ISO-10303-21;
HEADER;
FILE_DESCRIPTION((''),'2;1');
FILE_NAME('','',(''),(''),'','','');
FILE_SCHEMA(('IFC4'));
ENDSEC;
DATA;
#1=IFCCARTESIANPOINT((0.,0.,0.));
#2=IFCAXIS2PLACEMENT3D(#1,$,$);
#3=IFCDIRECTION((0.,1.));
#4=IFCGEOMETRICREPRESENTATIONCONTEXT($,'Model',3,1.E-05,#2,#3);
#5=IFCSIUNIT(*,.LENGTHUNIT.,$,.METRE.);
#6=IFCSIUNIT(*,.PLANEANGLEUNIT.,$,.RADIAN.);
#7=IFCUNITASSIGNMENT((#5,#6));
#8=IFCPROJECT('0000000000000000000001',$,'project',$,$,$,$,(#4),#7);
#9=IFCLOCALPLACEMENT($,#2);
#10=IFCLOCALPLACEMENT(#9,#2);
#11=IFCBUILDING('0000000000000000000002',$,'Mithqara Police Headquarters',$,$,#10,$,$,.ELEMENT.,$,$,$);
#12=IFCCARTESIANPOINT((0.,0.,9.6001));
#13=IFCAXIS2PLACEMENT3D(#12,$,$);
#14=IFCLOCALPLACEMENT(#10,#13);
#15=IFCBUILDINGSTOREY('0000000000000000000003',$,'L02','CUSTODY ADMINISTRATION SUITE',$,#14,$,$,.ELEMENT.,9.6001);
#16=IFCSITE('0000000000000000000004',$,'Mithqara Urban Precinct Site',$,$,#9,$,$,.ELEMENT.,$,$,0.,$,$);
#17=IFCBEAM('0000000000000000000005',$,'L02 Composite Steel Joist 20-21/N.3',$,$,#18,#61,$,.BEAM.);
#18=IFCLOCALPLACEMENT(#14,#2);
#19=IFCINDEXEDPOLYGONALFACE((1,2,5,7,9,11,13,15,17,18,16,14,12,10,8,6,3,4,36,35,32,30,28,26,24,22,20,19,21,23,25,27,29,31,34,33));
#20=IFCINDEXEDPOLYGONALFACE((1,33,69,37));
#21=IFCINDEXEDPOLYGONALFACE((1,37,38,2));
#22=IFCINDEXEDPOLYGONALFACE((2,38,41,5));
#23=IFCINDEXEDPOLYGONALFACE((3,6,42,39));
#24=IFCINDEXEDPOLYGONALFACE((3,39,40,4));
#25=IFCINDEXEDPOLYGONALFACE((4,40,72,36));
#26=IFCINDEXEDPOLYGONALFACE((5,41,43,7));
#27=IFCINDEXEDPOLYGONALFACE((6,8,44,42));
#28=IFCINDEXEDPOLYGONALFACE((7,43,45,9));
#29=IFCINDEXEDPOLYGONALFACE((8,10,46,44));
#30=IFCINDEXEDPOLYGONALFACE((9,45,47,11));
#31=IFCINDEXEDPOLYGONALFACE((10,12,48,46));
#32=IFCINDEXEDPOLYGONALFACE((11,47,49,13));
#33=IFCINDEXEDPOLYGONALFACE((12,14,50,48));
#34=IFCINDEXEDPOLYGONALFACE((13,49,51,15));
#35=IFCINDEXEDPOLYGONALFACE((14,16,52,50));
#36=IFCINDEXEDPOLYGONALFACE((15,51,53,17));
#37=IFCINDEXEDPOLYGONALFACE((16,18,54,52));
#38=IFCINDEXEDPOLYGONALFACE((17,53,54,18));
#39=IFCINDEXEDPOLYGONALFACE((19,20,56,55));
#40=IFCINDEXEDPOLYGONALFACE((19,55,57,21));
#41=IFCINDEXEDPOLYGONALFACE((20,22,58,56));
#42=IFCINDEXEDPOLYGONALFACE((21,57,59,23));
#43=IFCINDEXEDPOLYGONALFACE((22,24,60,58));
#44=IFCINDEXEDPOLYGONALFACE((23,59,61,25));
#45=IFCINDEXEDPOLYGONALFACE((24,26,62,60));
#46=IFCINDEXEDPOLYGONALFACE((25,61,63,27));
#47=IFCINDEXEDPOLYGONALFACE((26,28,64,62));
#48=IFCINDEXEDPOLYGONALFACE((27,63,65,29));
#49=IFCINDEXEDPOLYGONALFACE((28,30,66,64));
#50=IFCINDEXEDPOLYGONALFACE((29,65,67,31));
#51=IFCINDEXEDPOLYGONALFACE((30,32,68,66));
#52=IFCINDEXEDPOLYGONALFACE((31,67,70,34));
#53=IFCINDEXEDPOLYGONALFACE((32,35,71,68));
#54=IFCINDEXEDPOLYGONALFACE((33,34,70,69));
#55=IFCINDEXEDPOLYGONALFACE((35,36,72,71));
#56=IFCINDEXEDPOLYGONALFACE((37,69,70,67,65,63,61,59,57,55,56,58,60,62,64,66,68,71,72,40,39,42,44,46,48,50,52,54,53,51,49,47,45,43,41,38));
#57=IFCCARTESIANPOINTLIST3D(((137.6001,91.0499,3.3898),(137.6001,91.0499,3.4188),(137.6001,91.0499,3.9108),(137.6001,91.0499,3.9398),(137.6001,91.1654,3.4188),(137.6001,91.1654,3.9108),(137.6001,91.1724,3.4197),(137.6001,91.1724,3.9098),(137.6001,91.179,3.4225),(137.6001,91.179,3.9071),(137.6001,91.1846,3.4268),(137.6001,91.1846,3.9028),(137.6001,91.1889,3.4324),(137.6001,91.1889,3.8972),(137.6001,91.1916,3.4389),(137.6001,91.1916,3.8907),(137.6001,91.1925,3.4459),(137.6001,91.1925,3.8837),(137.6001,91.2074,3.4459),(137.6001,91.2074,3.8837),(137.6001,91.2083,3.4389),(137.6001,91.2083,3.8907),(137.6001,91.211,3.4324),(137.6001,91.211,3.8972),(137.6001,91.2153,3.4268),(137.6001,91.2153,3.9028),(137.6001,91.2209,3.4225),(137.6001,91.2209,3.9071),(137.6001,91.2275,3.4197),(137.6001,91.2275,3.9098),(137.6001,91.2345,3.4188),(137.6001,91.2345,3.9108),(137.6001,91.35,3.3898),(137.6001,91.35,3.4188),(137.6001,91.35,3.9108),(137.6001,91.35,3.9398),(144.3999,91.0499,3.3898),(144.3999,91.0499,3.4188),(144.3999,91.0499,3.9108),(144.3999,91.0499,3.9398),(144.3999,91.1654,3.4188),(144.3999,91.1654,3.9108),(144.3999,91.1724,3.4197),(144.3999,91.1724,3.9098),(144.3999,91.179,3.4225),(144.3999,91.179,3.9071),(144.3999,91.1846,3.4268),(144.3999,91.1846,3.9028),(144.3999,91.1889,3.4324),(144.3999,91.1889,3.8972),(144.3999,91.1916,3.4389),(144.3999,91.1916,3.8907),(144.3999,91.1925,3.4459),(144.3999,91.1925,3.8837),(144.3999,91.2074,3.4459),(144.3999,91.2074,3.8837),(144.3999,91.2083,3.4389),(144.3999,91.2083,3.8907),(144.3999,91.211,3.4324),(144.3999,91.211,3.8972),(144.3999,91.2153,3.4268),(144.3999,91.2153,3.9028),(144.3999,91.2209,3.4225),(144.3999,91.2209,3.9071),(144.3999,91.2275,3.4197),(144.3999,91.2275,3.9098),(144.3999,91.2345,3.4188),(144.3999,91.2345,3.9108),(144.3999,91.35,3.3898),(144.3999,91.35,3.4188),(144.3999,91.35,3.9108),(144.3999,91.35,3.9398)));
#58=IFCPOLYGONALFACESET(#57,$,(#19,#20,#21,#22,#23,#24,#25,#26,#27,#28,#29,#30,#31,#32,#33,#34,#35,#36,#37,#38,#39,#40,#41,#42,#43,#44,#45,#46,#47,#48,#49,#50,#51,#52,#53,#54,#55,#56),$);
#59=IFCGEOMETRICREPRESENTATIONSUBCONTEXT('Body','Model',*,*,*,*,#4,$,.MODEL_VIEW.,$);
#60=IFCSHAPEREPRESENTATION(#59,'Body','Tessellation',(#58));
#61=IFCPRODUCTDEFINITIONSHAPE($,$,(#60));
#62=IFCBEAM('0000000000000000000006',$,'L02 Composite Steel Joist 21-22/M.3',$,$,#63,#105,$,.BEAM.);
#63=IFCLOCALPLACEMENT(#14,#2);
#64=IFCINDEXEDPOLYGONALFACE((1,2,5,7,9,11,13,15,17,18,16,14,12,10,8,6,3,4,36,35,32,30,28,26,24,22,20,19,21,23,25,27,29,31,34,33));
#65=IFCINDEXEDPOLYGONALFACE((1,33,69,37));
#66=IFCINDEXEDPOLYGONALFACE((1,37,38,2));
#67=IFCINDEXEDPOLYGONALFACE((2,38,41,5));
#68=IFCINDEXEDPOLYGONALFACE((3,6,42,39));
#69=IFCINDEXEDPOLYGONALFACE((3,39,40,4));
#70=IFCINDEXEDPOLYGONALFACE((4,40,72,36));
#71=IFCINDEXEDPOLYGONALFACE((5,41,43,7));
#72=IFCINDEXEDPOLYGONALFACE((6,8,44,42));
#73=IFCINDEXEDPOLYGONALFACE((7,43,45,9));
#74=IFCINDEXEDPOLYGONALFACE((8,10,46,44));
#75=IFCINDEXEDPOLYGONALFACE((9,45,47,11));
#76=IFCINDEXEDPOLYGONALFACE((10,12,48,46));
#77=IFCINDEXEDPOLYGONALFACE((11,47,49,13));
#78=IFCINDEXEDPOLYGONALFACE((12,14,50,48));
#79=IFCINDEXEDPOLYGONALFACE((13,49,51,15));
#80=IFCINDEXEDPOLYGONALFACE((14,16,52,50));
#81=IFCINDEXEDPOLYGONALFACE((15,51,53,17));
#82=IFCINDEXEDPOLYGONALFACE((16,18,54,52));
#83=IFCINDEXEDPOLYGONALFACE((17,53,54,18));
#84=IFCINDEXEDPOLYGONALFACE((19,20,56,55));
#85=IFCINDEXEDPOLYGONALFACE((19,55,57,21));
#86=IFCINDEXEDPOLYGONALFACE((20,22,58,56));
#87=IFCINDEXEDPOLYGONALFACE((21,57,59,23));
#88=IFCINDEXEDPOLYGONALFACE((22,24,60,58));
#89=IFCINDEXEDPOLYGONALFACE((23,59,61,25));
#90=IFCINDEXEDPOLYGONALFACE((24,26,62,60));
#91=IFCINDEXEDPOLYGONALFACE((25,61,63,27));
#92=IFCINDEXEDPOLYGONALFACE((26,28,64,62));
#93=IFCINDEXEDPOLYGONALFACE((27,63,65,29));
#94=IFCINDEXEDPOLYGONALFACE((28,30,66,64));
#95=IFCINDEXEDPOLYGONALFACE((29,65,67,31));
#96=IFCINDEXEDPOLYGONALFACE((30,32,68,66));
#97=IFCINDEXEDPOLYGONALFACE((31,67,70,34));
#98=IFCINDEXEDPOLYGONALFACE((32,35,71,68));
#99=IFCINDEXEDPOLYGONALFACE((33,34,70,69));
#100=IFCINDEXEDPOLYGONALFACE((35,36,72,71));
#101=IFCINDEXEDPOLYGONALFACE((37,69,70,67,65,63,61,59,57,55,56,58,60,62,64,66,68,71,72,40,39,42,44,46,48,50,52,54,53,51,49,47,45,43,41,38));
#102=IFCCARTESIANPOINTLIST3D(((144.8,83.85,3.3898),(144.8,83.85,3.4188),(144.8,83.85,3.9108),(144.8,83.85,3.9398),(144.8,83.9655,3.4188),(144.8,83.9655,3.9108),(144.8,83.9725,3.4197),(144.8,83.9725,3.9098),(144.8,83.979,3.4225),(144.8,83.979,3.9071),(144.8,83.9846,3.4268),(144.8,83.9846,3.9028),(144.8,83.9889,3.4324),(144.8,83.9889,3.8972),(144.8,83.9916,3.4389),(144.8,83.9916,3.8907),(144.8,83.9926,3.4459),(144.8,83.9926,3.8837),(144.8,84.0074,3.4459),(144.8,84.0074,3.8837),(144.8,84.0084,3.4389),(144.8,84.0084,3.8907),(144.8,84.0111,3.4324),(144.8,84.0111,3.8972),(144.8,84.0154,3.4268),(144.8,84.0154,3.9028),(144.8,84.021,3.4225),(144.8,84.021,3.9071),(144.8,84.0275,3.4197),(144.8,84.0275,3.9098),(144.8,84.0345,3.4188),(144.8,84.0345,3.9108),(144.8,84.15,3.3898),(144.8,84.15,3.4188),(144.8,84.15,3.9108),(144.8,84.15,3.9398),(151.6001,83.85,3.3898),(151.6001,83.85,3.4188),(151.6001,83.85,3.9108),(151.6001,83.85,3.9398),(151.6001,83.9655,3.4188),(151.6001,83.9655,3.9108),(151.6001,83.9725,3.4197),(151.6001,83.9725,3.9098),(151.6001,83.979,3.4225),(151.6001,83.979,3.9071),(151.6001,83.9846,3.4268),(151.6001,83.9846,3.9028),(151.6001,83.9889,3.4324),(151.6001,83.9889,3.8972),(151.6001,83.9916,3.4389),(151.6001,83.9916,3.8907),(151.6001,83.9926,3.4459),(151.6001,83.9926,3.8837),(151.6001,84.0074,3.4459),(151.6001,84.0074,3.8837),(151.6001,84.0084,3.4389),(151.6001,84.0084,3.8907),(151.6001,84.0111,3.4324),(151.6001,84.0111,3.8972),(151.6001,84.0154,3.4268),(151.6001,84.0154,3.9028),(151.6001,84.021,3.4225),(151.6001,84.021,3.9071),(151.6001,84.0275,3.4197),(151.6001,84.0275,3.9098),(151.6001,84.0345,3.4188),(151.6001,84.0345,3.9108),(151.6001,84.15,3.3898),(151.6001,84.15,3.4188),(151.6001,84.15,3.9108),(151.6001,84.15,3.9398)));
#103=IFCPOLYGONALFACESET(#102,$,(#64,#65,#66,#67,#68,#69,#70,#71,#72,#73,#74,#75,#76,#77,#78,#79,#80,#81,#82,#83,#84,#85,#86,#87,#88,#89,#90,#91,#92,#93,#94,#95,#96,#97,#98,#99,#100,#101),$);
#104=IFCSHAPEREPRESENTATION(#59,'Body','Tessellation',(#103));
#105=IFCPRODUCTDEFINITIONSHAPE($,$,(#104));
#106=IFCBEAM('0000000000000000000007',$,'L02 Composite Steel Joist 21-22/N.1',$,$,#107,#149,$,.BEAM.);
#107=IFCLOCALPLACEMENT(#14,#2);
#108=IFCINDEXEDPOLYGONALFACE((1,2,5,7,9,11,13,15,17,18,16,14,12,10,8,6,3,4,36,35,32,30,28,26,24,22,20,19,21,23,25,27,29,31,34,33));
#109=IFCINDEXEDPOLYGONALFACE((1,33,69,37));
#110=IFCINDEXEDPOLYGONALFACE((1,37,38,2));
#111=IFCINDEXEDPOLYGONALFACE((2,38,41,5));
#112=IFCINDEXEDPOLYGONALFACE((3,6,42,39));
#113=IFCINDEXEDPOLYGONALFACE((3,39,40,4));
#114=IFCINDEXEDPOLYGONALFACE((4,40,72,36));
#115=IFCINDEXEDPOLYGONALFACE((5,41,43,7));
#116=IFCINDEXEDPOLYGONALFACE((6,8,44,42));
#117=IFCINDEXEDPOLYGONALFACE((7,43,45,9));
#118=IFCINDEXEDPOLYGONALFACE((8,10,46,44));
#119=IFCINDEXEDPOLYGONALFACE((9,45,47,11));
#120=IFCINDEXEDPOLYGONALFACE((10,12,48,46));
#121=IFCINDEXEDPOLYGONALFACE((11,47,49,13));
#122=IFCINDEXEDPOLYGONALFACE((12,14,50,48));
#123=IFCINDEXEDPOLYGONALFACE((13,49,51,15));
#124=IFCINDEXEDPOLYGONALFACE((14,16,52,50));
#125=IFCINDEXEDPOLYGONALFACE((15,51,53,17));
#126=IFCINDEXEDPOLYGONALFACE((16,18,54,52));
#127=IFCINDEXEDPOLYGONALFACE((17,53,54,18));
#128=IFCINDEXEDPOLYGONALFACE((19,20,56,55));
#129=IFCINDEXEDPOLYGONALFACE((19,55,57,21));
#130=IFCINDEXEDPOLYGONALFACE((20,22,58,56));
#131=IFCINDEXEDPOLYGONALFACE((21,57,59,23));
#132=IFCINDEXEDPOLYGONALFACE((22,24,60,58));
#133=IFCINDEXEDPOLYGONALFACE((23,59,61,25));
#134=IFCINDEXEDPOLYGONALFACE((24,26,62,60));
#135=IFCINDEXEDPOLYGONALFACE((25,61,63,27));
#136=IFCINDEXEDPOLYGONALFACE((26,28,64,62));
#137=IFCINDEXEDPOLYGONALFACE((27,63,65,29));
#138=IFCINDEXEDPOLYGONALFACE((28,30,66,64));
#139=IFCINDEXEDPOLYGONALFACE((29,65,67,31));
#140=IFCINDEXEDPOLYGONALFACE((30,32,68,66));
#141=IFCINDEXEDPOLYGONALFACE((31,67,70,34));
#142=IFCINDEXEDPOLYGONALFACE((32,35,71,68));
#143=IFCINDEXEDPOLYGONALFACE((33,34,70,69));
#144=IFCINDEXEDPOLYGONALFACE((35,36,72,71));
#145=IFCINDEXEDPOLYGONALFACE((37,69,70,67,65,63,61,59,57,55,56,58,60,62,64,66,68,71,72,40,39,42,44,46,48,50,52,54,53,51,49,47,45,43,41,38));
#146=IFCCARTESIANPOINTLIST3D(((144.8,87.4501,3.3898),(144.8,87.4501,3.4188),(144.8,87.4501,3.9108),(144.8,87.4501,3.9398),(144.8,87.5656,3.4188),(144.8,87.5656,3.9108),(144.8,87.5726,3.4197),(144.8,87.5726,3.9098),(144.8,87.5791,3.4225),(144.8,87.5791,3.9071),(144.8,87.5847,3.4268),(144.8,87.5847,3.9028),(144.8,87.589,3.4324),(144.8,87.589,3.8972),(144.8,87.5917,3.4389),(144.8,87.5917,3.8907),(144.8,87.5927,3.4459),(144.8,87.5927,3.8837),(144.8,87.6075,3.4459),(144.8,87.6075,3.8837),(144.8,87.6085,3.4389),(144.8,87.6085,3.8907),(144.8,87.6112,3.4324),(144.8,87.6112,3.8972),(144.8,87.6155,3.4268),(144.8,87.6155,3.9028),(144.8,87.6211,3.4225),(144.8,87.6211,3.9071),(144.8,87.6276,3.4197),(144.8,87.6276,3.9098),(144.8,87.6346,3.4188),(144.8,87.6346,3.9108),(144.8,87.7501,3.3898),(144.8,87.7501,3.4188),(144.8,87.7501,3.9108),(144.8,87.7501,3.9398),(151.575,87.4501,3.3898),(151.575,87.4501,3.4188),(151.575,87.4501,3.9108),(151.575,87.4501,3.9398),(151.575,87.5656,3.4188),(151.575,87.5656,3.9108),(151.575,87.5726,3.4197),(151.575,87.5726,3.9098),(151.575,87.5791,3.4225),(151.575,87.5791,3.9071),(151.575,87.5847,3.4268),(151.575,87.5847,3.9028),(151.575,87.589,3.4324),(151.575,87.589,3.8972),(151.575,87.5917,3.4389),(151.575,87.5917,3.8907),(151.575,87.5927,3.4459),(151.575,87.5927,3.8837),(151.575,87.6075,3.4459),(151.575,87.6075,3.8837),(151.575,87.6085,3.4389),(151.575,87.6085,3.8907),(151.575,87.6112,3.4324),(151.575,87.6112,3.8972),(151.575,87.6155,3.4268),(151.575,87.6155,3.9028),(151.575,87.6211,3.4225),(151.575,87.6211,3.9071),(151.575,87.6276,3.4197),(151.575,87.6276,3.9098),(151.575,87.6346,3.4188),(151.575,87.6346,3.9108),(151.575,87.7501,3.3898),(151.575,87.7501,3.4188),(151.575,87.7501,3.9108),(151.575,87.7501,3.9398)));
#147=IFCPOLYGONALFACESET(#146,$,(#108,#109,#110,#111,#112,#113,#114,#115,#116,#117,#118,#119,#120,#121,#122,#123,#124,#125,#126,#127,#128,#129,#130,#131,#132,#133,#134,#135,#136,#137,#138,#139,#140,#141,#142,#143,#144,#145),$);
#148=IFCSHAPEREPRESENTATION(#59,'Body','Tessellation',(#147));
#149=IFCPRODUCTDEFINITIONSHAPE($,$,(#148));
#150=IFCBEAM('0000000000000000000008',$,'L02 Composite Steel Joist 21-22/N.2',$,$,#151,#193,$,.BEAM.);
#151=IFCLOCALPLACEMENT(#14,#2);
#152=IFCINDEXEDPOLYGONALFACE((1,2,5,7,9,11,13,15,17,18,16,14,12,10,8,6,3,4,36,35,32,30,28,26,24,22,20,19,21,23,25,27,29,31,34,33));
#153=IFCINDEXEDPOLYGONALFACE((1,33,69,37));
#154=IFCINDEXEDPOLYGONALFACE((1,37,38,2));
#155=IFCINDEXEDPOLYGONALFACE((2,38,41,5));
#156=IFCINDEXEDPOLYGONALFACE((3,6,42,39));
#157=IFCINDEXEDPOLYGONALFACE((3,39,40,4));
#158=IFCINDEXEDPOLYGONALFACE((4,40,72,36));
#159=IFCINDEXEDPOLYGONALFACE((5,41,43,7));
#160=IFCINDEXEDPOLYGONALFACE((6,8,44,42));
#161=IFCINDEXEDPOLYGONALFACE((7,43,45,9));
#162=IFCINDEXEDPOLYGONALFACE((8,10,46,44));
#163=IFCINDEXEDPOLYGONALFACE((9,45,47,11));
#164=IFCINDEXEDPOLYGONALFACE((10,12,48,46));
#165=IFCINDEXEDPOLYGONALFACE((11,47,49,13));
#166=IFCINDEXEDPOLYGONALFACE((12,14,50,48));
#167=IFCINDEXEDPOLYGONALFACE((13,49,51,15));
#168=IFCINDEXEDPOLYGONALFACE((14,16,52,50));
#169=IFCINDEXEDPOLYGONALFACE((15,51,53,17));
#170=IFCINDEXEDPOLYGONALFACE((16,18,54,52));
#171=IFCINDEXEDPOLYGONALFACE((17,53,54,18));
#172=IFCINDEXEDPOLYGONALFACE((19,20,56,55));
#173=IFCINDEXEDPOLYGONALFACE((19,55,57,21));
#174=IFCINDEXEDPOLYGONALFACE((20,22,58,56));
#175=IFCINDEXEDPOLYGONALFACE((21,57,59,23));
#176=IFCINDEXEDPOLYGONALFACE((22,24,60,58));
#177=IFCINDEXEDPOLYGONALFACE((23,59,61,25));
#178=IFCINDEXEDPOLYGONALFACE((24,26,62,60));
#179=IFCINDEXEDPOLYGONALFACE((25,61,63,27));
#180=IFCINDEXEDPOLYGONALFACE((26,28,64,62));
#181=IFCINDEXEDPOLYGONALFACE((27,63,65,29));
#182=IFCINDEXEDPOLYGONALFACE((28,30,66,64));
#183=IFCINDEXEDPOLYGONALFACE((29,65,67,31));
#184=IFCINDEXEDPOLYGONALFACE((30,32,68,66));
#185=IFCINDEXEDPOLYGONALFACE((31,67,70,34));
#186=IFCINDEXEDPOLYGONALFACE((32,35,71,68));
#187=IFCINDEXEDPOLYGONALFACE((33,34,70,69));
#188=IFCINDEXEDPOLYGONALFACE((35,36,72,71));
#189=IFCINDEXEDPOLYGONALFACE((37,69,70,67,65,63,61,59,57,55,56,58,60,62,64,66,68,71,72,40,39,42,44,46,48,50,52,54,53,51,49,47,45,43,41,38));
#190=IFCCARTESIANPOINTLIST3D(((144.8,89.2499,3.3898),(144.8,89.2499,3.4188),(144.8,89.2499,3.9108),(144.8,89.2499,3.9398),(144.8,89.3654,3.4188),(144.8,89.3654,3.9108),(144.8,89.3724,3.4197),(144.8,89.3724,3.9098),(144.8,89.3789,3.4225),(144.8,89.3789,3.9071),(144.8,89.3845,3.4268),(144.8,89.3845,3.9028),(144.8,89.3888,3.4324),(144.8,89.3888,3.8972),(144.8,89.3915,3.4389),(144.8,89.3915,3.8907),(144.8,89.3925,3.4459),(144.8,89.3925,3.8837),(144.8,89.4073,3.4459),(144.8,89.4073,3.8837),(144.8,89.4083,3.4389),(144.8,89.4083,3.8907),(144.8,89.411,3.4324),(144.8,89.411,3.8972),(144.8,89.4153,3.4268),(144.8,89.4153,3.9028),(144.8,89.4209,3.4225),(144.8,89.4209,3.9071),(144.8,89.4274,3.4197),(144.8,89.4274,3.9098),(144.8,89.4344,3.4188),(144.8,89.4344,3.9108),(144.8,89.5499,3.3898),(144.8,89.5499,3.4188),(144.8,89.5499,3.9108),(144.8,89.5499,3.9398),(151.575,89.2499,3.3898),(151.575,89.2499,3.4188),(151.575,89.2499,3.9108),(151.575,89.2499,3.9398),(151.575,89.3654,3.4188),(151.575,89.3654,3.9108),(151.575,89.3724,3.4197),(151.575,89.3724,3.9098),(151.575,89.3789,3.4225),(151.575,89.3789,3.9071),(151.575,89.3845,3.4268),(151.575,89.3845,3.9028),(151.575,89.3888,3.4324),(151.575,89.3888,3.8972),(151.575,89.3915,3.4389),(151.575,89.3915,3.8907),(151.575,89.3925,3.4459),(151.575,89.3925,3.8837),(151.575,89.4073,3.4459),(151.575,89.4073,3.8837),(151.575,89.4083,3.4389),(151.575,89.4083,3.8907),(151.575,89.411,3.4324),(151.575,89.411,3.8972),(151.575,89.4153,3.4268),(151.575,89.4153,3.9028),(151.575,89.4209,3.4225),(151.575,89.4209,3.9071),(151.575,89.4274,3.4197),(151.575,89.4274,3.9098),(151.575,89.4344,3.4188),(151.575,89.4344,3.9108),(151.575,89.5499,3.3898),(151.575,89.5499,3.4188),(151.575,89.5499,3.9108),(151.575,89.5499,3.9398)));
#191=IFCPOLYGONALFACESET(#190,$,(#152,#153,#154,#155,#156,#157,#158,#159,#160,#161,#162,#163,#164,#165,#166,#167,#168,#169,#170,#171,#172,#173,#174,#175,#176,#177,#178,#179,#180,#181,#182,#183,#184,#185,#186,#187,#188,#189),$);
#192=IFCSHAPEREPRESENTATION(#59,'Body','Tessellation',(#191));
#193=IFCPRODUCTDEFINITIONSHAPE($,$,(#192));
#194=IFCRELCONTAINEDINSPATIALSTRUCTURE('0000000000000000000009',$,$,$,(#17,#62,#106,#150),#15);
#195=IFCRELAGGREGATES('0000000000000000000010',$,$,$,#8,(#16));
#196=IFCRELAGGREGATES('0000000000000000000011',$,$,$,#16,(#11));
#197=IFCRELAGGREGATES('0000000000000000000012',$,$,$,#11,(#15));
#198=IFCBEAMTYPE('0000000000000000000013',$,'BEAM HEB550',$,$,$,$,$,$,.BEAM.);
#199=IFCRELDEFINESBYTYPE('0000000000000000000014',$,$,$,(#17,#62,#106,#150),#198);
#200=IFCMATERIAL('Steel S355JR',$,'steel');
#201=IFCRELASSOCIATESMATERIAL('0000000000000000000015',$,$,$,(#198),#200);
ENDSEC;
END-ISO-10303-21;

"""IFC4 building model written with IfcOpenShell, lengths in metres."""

from ifc_helpers import new_model, si_unit, direction, frame, origin, origin_2d, place, context, subcontext, project, spatial, i_section, extrude, material, material_profile, profile_set, type_object, element, save


model = new_model("IFC4")

# Units and contexts
model_context = context("Model", 3, precision=1e-05, world=origin(), true_north=direction((0.0, 1.0)))
body_context = subcontext(model_context, "Body", "Model", "MODEL_VIEW")
ifc_project = project(units=[si_unit("LENGTHUNIT", "METRE"), si_unit("PLANEANGLEUNIT", "RADIAN")], contexts=[model_context])

# Site, building, storey
site_placement = place(None, origin())
site = spatial("IfcSite", under=ifc_project, at=site_placement, Name="Mithqara Urban Precinct Site", CompositionType="ELEMENT", RefElevation=0.0)
building_placement = place(site_placement, origin())
building = spatial("IfcBuilding", under=site, at=building_placement, Name="Mithqara Police Headquarters", CompositionType="ELEMENT")
storey_placement = place(building_placement, frame((0.0, 0.0, 9.6001)))
storey = spatial("IfcBuildingStorey", under=building, at=storey_placement, Name="L02", Description="CUSTODY ADMINISTRATION SUITE", CompositionType="ELEMENT", Elevation=9.6001)

# Beams
ifc_material_1 = material(Name="Steel S355JR", Category="steel")
ifc_material_profile_1 = material_profile(ifc_material_1, i_section(OverallWidth=0.3, OverallDepth=0.55, WebThickness=0.0149, FlangeThickness=0.0291, FilletRadius=0.0271, at=origin_2d()), Name="HEB 550")
ifc_profile_set_1 = profile_set([ifc_material_profile_1], Name="Steel S355JR")
beam_type_1 = type_object("IfcBeamType", Name="BEAM HEB550", PredefinedType="BEAM", material=ifc_profile_set_1)
for number, where, z_axis, x_axis, name in (
    (1, (137.6001, 91.2, 3.6648), (1.0, 0.0, 0.0), (0.0, 1.0, 0.0), "L02 Composite Steel Joist 20-21/N.3"),
):
    element("IfcBeam", number, at=place(storey_placement, frame(where, z_axis=z_axis, x_axis=x_axis)), inside=storey, type_object=beam_type_1, Name=name, PredefinedType="BEAM", context=body_context, shape_type="SweptSolid", body=[
        extrude(i_section(OverallWidth=0.3, OverallDepth=0.55, WebThickness=0.0149, FlangeThickness=0.0291, FilletRadius=0.0271, at=origin_2d()), origin(), (0.0, 0.0, 1.0), 6.7998),
    ])
beam_1_placement = place(storey_placement, frame((144.8, 84.0, 3.6648), z_axis=(1.0, 0.0, 0.0), x_axis=(0.0, 1.0, 0.0)))
element("IfcBeam", 2, at=beam_1_placement, inside=storey, type_object=beam_type_1, Name="L02 Composite Steel Joist 21-22/M.3", PredefinedType="BEAM", context=body_context, shape_type="SweptSolid", body=[
    extrude(i_section(OverallWidth=0.3, OverallDepth=0.55, WebThickness=0.0149, FlangeThickness=0.0291, FilletRadius=0.0271, at=origin_2d()), origin(), (0.0, 0.0, 1.0), 6.8),
])
for number, where, z_axis, x_axis, name in (
    (3, (144.8, 87.6001, 3.6648), (1.0, 0.0, 0.0), (0.0, 1.0, 0.0), "L02 Composite Steel Joist 21-22/N.1"),
    (4, (144.8, 89.3999, 3.6648), (1.0, 0.0, 0.0), (0.0, 1.0, 0.0), "L02 Composite Steel Joist 21-22/N.2"),
):
    element("IfcBeam", number, at=place(storey_placement, frame(where, z_axis=z_axis, x_axis=x_axis)), inside=storey, type_object=beam_type_1, Name=name, PredefinedType="BEAM", context=body_context, shape_type="SweptSolid", body=[
        extrude(i_section(OverallWidth=0.3, OverallDepth=0.55, WebThickness=0.0149, FlangeThickness=0.0291, FilletRadius=0.0271, at=origin_2d()), origin(), (0.0, 0.0, 1.0), 6.7749),
    ])

save(model, "model.ifc")
